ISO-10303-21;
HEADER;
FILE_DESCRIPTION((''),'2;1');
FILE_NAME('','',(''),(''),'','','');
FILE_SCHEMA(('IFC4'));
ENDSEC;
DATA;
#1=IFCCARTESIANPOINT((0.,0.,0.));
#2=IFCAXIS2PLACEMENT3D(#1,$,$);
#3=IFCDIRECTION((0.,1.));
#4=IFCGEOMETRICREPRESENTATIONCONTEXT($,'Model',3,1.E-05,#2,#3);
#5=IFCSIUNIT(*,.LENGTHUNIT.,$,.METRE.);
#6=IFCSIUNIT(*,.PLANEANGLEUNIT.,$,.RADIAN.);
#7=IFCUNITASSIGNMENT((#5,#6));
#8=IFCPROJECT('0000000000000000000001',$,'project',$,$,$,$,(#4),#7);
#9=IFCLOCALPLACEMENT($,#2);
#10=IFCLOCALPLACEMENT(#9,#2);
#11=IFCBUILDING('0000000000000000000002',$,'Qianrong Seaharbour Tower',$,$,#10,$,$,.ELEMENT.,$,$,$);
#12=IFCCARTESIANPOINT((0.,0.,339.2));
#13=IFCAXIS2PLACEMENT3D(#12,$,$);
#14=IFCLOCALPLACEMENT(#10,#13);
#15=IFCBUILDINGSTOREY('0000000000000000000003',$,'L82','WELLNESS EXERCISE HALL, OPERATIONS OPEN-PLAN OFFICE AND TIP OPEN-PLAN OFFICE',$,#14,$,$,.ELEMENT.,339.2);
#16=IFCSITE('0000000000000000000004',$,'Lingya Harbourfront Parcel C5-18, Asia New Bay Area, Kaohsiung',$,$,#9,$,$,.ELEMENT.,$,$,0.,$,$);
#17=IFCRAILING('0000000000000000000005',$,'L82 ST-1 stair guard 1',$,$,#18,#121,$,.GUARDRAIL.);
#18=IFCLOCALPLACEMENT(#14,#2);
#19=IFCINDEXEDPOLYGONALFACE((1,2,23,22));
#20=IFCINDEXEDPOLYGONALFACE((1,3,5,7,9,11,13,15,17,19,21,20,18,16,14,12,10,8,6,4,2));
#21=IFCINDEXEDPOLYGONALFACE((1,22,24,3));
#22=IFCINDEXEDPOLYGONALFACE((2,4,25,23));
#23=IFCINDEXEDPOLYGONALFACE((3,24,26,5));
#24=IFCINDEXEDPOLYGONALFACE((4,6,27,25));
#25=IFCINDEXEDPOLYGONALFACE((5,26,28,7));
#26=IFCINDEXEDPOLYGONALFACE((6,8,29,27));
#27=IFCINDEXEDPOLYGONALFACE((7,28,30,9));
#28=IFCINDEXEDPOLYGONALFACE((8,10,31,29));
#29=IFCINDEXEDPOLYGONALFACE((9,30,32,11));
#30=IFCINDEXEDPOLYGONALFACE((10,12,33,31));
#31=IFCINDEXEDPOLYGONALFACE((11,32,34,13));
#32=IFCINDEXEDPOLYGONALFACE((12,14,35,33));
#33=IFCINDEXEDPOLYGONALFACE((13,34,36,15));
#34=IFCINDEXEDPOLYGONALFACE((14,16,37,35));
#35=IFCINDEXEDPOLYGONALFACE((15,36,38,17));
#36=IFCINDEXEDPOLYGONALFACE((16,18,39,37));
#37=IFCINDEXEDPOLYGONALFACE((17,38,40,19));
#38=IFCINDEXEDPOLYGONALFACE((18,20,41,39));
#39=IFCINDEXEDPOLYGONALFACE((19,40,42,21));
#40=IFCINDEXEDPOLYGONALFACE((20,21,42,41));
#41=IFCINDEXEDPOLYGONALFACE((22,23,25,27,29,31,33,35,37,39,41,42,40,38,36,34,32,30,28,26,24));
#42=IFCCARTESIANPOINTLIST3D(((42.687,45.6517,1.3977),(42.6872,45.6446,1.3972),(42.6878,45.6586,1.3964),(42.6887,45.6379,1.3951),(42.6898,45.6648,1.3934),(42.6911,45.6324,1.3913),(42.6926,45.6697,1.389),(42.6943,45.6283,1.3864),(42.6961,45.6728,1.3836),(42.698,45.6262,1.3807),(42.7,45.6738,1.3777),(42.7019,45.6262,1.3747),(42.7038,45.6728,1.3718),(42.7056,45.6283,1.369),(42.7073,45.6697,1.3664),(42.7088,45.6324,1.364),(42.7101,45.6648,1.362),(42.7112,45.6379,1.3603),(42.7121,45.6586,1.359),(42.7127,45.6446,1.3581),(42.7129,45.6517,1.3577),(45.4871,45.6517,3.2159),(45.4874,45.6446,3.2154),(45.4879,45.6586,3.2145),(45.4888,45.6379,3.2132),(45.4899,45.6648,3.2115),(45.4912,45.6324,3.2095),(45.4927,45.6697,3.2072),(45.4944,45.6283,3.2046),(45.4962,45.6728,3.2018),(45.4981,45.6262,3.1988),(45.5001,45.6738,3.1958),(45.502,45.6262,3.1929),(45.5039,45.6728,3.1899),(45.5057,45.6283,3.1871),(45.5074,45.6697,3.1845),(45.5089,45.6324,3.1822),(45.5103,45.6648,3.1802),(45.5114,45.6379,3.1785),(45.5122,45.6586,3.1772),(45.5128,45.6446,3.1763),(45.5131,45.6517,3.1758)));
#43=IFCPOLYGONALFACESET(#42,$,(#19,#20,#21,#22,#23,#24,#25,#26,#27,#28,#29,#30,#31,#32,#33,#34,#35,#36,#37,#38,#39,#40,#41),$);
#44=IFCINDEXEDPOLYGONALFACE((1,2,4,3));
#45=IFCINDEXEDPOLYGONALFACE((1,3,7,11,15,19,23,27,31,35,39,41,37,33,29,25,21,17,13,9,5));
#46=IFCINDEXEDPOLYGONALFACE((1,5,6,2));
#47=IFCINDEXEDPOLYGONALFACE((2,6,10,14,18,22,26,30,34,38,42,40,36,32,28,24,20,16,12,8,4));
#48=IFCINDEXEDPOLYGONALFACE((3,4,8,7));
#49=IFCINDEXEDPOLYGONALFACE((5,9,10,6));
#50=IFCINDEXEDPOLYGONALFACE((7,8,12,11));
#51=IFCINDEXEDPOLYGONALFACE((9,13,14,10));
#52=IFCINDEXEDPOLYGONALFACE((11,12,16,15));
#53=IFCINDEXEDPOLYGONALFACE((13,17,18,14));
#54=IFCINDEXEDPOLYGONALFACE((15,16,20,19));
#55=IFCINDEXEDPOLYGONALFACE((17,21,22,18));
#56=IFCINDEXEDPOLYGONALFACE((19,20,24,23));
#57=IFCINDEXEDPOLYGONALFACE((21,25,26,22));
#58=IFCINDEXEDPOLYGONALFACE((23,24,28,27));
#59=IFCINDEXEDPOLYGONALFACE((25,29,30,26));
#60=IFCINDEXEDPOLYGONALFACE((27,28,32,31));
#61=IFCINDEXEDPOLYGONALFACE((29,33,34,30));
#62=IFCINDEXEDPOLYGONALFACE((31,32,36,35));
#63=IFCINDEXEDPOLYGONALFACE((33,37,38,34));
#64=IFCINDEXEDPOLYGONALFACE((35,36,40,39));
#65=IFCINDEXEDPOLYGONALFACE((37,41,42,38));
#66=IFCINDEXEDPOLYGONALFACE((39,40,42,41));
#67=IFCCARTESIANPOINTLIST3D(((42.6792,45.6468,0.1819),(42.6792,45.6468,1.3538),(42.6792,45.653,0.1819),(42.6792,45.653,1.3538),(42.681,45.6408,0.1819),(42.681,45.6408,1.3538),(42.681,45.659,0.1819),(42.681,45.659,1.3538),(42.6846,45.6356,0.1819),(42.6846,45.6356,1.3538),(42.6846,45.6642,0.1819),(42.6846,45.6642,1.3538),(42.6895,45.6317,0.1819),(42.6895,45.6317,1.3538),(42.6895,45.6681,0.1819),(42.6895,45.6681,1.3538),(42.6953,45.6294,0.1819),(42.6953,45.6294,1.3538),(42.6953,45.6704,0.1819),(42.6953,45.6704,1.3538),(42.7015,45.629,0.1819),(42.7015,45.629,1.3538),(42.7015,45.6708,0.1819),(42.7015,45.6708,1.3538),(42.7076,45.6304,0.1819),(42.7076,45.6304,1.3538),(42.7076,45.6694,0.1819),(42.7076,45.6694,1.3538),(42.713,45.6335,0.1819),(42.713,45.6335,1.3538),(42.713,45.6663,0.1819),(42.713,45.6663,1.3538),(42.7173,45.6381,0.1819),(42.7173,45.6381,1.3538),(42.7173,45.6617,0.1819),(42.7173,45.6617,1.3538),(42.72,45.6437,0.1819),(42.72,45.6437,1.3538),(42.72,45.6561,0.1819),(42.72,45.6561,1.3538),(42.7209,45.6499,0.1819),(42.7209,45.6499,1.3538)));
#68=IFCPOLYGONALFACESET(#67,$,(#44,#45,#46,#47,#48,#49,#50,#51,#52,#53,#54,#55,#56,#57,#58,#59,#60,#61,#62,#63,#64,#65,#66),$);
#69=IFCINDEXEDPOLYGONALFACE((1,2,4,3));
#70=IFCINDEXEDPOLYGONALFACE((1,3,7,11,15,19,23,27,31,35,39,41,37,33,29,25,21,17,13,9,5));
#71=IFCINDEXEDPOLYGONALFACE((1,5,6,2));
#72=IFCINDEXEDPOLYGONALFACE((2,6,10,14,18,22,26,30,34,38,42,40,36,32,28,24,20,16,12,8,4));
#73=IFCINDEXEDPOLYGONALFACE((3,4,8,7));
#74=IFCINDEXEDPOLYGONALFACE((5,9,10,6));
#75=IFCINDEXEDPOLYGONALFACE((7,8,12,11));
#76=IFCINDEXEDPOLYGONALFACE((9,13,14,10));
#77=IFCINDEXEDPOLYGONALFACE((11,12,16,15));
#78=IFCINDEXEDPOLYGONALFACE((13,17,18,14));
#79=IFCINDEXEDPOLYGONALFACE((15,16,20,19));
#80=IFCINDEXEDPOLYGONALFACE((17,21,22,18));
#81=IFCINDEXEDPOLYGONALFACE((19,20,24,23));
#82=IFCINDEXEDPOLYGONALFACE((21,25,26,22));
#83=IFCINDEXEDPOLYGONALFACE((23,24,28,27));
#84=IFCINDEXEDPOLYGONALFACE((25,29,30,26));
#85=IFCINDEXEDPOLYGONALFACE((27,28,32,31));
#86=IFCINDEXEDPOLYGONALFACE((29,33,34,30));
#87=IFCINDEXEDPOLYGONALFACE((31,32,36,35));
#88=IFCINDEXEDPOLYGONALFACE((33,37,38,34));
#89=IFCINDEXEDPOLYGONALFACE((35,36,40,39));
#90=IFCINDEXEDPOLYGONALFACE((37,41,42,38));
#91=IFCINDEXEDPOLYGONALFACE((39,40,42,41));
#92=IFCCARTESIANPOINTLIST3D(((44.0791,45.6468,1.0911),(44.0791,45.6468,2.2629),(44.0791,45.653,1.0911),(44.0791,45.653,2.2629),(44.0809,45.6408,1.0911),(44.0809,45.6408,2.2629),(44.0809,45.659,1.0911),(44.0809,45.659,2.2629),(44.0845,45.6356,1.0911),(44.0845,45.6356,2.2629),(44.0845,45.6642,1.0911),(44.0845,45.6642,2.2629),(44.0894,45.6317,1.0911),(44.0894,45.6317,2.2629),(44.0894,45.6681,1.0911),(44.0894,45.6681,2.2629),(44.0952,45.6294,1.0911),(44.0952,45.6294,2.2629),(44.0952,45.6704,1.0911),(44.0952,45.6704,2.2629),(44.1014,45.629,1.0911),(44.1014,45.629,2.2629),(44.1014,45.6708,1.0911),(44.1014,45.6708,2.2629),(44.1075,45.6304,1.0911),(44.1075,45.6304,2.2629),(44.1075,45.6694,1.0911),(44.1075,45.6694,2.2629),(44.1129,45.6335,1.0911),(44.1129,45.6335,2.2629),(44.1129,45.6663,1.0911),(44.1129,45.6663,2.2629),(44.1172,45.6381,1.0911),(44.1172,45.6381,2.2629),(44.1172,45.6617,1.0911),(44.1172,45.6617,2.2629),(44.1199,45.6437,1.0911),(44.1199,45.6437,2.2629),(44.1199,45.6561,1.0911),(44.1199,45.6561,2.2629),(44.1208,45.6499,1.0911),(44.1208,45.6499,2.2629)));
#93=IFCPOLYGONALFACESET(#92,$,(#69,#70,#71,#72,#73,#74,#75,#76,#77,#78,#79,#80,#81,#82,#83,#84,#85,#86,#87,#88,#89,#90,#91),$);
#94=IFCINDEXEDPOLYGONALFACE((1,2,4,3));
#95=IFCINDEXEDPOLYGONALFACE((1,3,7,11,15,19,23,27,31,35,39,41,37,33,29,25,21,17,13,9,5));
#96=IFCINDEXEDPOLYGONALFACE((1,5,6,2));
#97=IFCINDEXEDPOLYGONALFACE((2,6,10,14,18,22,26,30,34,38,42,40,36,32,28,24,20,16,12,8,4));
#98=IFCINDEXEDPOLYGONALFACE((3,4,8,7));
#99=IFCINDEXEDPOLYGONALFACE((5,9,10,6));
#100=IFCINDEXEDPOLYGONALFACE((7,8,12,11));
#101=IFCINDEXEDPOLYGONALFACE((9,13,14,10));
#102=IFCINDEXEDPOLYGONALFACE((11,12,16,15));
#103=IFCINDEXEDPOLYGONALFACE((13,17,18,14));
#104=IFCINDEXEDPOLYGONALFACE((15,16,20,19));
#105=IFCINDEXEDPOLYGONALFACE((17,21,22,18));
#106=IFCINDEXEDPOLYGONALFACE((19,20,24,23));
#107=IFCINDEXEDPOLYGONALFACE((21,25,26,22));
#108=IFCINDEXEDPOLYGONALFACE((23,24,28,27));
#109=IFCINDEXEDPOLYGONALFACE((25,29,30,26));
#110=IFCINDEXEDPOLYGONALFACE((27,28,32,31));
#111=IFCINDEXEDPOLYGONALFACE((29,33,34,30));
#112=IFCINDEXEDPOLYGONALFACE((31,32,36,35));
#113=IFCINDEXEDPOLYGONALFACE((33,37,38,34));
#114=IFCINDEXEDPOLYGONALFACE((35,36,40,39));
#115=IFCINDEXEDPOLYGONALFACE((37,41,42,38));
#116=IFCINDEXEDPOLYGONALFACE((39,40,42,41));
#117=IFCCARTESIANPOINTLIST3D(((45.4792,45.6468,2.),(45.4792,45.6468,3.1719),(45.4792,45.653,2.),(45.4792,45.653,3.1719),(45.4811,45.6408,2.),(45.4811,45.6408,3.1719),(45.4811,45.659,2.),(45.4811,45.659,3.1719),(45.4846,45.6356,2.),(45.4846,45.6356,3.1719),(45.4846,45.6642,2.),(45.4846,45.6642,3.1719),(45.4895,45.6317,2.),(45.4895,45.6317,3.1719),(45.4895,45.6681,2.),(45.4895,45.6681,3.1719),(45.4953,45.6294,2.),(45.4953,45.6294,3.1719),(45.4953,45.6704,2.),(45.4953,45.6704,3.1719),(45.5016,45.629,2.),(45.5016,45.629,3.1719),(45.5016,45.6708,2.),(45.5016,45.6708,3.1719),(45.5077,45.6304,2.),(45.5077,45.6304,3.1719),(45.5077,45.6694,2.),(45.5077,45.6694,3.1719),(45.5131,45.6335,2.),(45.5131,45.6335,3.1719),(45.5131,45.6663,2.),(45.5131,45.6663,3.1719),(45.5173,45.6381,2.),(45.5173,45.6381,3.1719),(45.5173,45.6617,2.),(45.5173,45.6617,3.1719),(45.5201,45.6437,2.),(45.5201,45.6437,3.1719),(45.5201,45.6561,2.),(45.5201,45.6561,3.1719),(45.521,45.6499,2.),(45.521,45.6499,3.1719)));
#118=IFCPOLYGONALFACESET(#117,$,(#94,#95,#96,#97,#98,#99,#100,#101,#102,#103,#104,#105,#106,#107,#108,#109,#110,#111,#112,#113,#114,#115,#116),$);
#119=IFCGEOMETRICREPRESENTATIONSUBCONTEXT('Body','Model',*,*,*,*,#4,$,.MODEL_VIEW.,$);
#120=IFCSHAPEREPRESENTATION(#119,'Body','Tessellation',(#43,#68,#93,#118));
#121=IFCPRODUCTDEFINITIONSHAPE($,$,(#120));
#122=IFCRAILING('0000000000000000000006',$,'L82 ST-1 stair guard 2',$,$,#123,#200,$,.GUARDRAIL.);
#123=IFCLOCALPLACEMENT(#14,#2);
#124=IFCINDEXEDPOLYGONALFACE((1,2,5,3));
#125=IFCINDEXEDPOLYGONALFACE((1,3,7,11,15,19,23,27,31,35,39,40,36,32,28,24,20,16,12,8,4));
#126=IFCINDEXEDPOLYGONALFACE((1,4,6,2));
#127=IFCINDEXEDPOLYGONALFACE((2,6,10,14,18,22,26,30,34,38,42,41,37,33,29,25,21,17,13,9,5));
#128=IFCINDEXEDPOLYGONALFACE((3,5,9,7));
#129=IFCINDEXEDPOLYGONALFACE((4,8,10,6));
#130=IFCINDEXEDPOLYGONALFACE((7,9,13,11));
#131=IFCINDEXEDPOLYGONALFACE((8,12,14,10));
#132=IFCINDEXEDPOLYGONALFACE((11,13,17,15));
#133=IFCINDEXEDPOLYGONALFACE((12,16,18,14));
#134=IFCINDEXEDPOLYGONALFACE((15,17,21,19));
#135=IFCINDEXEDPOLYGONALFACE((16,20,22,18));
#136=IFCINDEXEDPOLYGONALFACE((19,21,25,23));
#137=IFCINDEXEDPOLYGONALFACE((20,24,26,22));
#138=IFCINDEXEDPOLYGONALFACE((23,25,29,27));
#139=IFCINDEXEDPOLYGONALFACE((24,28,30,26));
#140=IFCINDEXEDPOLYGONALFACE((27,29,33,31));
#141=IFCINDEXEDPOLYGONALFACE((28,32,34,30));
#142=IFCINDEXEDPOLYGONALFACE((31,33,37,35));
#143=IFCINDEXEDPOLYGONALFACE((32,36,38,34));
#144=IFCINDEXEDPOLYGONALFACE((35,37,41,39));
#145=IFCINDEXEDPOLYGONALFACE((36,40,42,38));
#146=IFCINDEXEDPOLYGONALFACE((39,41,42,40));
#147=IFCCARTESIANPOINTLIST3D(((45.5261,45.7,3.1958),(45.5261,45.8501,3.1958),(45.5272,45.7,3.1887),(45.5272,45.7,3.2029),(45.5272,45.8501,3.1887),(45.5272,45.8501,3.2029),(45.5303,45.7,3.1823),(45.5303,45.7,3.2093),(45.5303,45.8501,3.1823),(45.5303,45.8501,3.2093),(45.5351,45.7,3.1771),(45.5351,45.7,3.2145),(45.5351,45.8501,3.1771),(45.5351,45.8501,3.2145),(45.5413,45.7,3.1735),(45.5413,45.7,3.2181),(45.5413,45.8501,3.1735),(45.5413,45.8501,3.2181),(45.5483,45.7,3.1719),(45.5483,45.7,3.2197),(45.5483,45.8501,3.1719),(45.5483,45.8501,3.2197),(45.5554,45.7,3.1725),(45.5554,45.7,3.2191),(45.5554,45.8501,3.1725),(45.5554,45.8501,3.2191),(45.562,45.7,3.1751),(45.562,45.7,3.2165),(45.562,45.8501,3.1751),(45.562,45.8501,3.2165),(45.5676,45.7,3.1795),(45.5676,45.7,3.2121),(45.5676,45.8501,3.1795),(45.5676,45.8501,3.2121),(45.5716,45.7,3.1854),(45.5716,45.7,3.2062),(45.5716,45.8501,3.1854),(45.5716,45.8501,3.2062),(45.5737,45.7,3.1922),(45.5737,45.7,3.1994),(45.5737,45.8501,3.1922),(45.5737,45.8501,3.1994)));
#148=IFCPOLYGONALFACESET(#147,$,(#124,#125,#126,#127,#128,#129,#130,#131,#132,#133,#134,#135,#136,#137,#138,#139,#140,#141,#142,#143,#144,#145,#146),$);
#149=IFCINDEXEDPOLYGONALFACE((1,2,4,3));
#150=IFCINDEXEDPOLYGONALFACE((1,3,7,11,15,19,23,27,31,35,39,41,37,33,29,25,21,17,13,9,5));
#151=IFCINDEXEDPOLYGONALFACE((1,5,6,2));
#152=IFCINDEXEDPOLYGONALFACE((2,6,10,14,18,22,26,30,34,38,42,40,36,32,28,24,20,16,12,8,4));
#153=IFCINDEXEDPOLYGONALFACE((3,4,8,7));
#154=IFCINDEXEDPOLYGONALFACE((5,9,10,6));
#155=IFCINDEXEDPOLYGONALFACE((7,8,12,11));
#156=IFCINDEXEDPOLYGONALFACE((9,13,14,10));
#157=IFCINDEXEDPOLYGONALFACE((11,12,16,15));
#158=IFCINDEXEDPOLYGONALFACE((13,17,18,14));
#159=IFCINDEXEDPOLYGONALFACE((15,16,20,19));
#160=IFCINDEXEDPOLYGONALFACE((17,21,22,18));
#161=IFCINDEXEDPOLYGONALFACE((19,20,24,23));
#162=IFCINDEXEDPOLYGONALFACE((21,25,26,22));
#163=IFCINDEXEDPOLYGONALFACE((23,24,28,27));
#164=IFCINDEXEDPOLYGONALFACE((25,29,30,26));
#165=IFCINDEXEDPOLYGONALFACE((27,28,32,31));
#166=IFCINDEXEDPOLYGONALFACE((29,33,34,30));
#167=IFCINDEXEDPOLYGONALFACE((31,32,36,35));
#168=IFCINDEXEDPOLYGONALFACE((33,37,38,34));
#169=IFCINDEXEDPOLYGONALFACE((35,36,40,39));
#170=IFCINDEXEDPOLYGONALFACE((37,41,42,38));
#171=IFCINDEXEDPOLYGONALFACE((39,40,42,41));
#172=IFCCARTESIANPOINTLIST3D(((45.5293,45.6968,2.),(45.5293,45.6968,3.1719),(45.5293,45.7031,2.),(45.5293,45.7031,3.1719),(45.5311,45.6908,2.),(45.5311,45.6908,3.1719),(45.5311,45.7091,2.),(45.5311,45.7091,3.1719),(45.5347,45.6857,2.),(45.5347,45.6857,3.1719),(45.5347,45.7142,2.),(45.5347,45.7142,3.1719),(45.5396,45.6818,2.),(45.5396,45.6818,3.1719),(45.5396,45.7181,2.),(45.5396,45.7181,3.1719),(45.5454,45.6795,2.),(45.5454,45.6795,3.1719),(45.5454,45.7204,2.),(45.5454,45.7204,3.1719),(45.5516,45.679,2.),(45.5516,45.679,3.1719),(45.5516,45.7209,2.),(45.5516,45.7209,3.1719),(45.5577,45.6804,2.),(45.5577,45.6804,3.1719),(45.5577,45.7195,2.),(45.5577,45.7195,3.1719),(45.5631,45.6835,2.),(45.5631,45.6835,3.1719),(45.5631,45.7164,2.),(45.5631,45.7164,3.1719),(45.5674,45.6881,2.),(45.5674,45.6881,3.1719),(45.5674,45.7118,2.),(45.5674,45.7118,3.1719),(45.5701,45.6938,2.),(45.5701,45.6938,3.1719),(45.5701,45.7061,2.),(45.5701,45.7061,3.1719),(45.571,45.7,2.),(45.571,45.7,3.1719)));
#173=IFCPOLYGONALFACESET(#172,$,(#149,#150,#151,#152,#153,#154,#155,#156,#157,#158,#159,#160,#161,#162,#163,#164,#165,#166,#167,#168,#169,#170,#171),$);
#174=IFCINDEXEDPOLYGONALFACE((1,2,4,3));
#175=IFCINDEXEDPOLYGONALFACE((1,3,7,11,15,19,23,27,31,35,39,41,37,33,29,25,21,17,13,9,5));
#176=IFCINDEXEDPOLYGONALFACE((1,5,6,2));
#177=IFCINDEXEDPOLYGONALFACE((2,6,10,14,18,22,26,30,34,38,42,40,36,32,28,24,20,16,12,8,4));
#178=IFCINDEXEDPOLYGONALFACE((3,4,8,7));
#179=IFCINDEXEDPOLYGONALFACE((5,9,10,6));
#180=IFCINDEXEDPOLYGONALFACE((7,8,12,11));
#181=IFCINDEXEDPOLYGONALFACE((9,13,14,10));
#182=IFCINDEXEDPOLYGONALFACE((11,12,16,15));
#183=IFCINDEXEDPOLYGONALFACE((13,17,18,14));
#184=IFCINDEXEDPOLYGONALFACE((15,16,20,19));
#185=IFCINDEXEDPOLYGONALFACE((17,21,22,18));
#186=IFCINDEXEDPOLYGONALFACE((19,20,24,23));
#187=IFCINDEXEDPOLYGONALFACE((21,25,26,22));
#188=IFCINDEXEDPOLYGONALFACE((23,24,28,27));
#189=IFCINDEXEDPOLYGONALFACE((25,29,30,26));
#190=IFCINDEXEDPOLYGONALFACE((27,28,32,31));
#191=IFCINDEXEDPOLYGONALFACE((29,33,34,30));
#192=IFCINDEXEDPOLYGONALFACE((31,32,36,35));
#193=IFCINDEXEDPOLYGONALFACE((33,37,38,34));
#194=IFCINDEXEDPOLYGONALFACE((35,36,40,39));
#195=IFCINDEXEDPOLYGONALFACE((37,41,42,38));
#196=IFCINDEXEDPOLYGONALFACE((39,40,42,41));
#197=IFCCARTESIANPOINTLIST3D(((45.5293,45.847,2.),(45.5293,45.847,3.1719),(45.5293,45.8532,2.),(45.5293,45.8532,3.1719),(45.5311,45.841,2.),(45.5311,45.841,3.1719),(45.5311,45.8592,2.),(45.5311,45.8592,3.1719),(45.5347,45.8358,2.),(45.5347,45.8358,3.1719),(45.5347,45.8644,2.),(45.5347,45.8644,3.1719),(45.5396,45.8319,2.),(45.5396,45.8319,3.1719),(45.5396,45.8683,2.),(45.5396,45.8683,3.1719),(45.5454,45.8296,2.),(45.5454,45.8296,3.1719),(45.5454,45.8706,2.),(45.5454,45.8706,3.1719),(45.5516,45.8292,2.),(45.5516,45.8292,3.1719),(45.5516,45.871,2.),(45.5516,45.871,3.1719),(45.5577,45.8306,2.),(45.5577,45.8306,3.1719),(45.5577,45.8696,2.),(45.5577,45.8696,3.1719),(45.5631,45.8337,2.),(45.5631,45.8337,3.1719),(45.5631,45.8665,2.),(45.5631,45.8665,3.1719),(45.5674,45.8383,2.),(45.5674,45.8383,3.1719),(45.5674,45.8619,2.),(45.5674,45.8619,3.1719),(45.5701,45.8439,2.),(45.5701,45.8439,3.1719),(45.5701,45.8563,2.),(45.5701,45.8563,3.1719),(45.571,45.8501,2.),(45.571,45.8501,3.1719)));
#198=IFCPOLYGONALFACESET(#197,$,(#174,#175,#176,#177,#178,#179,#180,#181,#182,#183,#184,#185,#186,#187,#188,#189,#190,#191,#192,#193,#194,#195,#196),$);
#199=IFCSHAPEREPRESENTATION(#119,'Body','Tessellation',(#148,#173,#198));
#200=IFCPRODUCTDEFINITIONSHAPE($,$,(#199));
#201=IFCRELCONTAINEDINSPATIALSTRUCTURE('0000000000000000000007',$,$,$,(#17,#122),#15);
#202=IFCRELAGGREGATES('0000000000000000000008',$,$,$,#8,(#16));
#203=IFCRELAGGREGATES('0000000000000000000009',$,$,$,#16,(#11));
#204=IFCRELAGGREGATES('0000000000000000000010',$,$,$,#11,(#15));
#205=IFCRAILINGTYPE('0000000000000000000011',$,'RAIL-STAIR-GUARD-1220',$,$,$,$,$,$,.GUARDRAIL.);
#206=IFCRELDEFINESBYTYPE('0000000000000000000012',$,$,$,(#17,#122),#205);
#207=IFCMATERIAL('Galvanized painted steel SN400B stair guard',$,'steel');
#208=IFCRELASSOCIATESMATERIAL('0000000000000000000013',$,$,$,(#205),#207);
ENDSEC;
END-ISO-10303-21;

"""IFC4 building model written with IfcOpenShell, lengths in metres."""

from ifc_helpers import new_model, si_unit, direction, frame, origin, origin_2d, place, context, subcontext, project, spatial, circle, extrude, material, type_object, element, save


model = new_model("IFC4")

# Units and contexts
model_context = context("Model", 3, precision=1e-05, world=origin(), true_north=direction((0.0, 1.0)))
body_context = subcontext(model_context, "Body", "Model", "MODEL_VIEW")
ifc_project = project(units=[si_unit("LENGTHUNIT", "METRE"), si_unit("PLANEANGLEUNIT", "RADIAN")], contexts=[model_context])

# Site, building, storey
site_placement = place(None, origin())
site = spatial("IfcSite", under=ifc_project, at=site_placement, Name="Lingya Harbourfront Parcel C5-18, Asia New Bay Area, Kaohsiung", CompositionType="ELEMENT", RefElevation=0.0)
building_placement = place(site_placement, origin())
building = spatial("IfcBuilding", under=site, at=building_placement, Name="Qianrong Seaharbour Tower", CompositionType="ELEMENT")
storey_placement = place(building_placement, frame((0.0, 0.0, 339.2)))
storey = spatial("IfcBuildingStorey", under=building, at=storey_placement, Name="L82", Description="WELLNESS EXERCISE HALL, OPERATIONS OPEN-PLAN OFFICE AND TIP OPEN-PLAN OFFICE", CompositionType="ELEMENT", Elevation=339.2)

# Railings
ifc_material_1 = material(Name="Galvanized painted steel SN400B stair guard", Category="steel")
railing_type_1 = type_object("IfcRailingType", Name="RAIL-STAIR-GUARD-1220", PredefinedType="GUARDRAIL", material=ifc_material_1)
railing_1_placement = place(storey_placement, frame((42.7, 45.6499, 0.1819)))
element("IfcRailing", 1, at=railing_1_placement, inside=storey, type_object=railing_type_1, Name="L82 ST-1 stair guard 1", PredefinedType="GUARDRAIL", context=body_context, shape_type="SweptSolid", body=[
    extrude(circle(Radius=0.0239, at=origin_2d()), frame((0.0, 0.0, 1.1958), z_axis=(0.838706, 0.0, 0.544585), x_axis=(0.0, 1.0, 0.0)), (0.0, 0.0, 1.0), 3.3386),
    extrude(circle(Radius=0.021, at=origin_2d()), origin(), (0.0, 0.0, 1.0), 1.1719),
    extrude(circle(Radius=0.021, at=origin_2d()), frame((1.3999, 0.0, 0.9092)), (0.0, 0.0, 1.0), 1.1719),
    extrude(circle(Radius=0.021, at=origin_2d()), frame((2.8, 0.0, 1.8181)), (0.0, 0.0, 1.0), 1.1719),
])
railing_2_placement = place(storey_placement, frame((45.55, 45.7, 2.0)))
element("IfcRailing", 2, at=railing_2_placement, inside=storey, type_object=railing_type_1, Name="L82 ST-1 stair guard 2", PredefinedType="GUARDRAIL", context=body_context, shape_type="SweptSolid", body=[
    extrude(circle(Radius=0.0239, at=origin_2d()), frame((0.0, 0.0, 1.1958), z_axis=(0.0, 1.0, 0.0), x_axis=(-1.0, 0.0, 0.0)), (0.0, 0.0, 1.0), 0.1501),
    extrude(circle(Radius=0.021, at=origin_2d()), origin(), (0.0, 0.0, 1.0), 1.1719),
    extrude(circle(Radius=0.021, at=origin_2d()), frame((0.0, 0.1501, 0.0)), (0.0, 0.0, 1.0), 1.1719),
])

save(model, "model.ifc")
